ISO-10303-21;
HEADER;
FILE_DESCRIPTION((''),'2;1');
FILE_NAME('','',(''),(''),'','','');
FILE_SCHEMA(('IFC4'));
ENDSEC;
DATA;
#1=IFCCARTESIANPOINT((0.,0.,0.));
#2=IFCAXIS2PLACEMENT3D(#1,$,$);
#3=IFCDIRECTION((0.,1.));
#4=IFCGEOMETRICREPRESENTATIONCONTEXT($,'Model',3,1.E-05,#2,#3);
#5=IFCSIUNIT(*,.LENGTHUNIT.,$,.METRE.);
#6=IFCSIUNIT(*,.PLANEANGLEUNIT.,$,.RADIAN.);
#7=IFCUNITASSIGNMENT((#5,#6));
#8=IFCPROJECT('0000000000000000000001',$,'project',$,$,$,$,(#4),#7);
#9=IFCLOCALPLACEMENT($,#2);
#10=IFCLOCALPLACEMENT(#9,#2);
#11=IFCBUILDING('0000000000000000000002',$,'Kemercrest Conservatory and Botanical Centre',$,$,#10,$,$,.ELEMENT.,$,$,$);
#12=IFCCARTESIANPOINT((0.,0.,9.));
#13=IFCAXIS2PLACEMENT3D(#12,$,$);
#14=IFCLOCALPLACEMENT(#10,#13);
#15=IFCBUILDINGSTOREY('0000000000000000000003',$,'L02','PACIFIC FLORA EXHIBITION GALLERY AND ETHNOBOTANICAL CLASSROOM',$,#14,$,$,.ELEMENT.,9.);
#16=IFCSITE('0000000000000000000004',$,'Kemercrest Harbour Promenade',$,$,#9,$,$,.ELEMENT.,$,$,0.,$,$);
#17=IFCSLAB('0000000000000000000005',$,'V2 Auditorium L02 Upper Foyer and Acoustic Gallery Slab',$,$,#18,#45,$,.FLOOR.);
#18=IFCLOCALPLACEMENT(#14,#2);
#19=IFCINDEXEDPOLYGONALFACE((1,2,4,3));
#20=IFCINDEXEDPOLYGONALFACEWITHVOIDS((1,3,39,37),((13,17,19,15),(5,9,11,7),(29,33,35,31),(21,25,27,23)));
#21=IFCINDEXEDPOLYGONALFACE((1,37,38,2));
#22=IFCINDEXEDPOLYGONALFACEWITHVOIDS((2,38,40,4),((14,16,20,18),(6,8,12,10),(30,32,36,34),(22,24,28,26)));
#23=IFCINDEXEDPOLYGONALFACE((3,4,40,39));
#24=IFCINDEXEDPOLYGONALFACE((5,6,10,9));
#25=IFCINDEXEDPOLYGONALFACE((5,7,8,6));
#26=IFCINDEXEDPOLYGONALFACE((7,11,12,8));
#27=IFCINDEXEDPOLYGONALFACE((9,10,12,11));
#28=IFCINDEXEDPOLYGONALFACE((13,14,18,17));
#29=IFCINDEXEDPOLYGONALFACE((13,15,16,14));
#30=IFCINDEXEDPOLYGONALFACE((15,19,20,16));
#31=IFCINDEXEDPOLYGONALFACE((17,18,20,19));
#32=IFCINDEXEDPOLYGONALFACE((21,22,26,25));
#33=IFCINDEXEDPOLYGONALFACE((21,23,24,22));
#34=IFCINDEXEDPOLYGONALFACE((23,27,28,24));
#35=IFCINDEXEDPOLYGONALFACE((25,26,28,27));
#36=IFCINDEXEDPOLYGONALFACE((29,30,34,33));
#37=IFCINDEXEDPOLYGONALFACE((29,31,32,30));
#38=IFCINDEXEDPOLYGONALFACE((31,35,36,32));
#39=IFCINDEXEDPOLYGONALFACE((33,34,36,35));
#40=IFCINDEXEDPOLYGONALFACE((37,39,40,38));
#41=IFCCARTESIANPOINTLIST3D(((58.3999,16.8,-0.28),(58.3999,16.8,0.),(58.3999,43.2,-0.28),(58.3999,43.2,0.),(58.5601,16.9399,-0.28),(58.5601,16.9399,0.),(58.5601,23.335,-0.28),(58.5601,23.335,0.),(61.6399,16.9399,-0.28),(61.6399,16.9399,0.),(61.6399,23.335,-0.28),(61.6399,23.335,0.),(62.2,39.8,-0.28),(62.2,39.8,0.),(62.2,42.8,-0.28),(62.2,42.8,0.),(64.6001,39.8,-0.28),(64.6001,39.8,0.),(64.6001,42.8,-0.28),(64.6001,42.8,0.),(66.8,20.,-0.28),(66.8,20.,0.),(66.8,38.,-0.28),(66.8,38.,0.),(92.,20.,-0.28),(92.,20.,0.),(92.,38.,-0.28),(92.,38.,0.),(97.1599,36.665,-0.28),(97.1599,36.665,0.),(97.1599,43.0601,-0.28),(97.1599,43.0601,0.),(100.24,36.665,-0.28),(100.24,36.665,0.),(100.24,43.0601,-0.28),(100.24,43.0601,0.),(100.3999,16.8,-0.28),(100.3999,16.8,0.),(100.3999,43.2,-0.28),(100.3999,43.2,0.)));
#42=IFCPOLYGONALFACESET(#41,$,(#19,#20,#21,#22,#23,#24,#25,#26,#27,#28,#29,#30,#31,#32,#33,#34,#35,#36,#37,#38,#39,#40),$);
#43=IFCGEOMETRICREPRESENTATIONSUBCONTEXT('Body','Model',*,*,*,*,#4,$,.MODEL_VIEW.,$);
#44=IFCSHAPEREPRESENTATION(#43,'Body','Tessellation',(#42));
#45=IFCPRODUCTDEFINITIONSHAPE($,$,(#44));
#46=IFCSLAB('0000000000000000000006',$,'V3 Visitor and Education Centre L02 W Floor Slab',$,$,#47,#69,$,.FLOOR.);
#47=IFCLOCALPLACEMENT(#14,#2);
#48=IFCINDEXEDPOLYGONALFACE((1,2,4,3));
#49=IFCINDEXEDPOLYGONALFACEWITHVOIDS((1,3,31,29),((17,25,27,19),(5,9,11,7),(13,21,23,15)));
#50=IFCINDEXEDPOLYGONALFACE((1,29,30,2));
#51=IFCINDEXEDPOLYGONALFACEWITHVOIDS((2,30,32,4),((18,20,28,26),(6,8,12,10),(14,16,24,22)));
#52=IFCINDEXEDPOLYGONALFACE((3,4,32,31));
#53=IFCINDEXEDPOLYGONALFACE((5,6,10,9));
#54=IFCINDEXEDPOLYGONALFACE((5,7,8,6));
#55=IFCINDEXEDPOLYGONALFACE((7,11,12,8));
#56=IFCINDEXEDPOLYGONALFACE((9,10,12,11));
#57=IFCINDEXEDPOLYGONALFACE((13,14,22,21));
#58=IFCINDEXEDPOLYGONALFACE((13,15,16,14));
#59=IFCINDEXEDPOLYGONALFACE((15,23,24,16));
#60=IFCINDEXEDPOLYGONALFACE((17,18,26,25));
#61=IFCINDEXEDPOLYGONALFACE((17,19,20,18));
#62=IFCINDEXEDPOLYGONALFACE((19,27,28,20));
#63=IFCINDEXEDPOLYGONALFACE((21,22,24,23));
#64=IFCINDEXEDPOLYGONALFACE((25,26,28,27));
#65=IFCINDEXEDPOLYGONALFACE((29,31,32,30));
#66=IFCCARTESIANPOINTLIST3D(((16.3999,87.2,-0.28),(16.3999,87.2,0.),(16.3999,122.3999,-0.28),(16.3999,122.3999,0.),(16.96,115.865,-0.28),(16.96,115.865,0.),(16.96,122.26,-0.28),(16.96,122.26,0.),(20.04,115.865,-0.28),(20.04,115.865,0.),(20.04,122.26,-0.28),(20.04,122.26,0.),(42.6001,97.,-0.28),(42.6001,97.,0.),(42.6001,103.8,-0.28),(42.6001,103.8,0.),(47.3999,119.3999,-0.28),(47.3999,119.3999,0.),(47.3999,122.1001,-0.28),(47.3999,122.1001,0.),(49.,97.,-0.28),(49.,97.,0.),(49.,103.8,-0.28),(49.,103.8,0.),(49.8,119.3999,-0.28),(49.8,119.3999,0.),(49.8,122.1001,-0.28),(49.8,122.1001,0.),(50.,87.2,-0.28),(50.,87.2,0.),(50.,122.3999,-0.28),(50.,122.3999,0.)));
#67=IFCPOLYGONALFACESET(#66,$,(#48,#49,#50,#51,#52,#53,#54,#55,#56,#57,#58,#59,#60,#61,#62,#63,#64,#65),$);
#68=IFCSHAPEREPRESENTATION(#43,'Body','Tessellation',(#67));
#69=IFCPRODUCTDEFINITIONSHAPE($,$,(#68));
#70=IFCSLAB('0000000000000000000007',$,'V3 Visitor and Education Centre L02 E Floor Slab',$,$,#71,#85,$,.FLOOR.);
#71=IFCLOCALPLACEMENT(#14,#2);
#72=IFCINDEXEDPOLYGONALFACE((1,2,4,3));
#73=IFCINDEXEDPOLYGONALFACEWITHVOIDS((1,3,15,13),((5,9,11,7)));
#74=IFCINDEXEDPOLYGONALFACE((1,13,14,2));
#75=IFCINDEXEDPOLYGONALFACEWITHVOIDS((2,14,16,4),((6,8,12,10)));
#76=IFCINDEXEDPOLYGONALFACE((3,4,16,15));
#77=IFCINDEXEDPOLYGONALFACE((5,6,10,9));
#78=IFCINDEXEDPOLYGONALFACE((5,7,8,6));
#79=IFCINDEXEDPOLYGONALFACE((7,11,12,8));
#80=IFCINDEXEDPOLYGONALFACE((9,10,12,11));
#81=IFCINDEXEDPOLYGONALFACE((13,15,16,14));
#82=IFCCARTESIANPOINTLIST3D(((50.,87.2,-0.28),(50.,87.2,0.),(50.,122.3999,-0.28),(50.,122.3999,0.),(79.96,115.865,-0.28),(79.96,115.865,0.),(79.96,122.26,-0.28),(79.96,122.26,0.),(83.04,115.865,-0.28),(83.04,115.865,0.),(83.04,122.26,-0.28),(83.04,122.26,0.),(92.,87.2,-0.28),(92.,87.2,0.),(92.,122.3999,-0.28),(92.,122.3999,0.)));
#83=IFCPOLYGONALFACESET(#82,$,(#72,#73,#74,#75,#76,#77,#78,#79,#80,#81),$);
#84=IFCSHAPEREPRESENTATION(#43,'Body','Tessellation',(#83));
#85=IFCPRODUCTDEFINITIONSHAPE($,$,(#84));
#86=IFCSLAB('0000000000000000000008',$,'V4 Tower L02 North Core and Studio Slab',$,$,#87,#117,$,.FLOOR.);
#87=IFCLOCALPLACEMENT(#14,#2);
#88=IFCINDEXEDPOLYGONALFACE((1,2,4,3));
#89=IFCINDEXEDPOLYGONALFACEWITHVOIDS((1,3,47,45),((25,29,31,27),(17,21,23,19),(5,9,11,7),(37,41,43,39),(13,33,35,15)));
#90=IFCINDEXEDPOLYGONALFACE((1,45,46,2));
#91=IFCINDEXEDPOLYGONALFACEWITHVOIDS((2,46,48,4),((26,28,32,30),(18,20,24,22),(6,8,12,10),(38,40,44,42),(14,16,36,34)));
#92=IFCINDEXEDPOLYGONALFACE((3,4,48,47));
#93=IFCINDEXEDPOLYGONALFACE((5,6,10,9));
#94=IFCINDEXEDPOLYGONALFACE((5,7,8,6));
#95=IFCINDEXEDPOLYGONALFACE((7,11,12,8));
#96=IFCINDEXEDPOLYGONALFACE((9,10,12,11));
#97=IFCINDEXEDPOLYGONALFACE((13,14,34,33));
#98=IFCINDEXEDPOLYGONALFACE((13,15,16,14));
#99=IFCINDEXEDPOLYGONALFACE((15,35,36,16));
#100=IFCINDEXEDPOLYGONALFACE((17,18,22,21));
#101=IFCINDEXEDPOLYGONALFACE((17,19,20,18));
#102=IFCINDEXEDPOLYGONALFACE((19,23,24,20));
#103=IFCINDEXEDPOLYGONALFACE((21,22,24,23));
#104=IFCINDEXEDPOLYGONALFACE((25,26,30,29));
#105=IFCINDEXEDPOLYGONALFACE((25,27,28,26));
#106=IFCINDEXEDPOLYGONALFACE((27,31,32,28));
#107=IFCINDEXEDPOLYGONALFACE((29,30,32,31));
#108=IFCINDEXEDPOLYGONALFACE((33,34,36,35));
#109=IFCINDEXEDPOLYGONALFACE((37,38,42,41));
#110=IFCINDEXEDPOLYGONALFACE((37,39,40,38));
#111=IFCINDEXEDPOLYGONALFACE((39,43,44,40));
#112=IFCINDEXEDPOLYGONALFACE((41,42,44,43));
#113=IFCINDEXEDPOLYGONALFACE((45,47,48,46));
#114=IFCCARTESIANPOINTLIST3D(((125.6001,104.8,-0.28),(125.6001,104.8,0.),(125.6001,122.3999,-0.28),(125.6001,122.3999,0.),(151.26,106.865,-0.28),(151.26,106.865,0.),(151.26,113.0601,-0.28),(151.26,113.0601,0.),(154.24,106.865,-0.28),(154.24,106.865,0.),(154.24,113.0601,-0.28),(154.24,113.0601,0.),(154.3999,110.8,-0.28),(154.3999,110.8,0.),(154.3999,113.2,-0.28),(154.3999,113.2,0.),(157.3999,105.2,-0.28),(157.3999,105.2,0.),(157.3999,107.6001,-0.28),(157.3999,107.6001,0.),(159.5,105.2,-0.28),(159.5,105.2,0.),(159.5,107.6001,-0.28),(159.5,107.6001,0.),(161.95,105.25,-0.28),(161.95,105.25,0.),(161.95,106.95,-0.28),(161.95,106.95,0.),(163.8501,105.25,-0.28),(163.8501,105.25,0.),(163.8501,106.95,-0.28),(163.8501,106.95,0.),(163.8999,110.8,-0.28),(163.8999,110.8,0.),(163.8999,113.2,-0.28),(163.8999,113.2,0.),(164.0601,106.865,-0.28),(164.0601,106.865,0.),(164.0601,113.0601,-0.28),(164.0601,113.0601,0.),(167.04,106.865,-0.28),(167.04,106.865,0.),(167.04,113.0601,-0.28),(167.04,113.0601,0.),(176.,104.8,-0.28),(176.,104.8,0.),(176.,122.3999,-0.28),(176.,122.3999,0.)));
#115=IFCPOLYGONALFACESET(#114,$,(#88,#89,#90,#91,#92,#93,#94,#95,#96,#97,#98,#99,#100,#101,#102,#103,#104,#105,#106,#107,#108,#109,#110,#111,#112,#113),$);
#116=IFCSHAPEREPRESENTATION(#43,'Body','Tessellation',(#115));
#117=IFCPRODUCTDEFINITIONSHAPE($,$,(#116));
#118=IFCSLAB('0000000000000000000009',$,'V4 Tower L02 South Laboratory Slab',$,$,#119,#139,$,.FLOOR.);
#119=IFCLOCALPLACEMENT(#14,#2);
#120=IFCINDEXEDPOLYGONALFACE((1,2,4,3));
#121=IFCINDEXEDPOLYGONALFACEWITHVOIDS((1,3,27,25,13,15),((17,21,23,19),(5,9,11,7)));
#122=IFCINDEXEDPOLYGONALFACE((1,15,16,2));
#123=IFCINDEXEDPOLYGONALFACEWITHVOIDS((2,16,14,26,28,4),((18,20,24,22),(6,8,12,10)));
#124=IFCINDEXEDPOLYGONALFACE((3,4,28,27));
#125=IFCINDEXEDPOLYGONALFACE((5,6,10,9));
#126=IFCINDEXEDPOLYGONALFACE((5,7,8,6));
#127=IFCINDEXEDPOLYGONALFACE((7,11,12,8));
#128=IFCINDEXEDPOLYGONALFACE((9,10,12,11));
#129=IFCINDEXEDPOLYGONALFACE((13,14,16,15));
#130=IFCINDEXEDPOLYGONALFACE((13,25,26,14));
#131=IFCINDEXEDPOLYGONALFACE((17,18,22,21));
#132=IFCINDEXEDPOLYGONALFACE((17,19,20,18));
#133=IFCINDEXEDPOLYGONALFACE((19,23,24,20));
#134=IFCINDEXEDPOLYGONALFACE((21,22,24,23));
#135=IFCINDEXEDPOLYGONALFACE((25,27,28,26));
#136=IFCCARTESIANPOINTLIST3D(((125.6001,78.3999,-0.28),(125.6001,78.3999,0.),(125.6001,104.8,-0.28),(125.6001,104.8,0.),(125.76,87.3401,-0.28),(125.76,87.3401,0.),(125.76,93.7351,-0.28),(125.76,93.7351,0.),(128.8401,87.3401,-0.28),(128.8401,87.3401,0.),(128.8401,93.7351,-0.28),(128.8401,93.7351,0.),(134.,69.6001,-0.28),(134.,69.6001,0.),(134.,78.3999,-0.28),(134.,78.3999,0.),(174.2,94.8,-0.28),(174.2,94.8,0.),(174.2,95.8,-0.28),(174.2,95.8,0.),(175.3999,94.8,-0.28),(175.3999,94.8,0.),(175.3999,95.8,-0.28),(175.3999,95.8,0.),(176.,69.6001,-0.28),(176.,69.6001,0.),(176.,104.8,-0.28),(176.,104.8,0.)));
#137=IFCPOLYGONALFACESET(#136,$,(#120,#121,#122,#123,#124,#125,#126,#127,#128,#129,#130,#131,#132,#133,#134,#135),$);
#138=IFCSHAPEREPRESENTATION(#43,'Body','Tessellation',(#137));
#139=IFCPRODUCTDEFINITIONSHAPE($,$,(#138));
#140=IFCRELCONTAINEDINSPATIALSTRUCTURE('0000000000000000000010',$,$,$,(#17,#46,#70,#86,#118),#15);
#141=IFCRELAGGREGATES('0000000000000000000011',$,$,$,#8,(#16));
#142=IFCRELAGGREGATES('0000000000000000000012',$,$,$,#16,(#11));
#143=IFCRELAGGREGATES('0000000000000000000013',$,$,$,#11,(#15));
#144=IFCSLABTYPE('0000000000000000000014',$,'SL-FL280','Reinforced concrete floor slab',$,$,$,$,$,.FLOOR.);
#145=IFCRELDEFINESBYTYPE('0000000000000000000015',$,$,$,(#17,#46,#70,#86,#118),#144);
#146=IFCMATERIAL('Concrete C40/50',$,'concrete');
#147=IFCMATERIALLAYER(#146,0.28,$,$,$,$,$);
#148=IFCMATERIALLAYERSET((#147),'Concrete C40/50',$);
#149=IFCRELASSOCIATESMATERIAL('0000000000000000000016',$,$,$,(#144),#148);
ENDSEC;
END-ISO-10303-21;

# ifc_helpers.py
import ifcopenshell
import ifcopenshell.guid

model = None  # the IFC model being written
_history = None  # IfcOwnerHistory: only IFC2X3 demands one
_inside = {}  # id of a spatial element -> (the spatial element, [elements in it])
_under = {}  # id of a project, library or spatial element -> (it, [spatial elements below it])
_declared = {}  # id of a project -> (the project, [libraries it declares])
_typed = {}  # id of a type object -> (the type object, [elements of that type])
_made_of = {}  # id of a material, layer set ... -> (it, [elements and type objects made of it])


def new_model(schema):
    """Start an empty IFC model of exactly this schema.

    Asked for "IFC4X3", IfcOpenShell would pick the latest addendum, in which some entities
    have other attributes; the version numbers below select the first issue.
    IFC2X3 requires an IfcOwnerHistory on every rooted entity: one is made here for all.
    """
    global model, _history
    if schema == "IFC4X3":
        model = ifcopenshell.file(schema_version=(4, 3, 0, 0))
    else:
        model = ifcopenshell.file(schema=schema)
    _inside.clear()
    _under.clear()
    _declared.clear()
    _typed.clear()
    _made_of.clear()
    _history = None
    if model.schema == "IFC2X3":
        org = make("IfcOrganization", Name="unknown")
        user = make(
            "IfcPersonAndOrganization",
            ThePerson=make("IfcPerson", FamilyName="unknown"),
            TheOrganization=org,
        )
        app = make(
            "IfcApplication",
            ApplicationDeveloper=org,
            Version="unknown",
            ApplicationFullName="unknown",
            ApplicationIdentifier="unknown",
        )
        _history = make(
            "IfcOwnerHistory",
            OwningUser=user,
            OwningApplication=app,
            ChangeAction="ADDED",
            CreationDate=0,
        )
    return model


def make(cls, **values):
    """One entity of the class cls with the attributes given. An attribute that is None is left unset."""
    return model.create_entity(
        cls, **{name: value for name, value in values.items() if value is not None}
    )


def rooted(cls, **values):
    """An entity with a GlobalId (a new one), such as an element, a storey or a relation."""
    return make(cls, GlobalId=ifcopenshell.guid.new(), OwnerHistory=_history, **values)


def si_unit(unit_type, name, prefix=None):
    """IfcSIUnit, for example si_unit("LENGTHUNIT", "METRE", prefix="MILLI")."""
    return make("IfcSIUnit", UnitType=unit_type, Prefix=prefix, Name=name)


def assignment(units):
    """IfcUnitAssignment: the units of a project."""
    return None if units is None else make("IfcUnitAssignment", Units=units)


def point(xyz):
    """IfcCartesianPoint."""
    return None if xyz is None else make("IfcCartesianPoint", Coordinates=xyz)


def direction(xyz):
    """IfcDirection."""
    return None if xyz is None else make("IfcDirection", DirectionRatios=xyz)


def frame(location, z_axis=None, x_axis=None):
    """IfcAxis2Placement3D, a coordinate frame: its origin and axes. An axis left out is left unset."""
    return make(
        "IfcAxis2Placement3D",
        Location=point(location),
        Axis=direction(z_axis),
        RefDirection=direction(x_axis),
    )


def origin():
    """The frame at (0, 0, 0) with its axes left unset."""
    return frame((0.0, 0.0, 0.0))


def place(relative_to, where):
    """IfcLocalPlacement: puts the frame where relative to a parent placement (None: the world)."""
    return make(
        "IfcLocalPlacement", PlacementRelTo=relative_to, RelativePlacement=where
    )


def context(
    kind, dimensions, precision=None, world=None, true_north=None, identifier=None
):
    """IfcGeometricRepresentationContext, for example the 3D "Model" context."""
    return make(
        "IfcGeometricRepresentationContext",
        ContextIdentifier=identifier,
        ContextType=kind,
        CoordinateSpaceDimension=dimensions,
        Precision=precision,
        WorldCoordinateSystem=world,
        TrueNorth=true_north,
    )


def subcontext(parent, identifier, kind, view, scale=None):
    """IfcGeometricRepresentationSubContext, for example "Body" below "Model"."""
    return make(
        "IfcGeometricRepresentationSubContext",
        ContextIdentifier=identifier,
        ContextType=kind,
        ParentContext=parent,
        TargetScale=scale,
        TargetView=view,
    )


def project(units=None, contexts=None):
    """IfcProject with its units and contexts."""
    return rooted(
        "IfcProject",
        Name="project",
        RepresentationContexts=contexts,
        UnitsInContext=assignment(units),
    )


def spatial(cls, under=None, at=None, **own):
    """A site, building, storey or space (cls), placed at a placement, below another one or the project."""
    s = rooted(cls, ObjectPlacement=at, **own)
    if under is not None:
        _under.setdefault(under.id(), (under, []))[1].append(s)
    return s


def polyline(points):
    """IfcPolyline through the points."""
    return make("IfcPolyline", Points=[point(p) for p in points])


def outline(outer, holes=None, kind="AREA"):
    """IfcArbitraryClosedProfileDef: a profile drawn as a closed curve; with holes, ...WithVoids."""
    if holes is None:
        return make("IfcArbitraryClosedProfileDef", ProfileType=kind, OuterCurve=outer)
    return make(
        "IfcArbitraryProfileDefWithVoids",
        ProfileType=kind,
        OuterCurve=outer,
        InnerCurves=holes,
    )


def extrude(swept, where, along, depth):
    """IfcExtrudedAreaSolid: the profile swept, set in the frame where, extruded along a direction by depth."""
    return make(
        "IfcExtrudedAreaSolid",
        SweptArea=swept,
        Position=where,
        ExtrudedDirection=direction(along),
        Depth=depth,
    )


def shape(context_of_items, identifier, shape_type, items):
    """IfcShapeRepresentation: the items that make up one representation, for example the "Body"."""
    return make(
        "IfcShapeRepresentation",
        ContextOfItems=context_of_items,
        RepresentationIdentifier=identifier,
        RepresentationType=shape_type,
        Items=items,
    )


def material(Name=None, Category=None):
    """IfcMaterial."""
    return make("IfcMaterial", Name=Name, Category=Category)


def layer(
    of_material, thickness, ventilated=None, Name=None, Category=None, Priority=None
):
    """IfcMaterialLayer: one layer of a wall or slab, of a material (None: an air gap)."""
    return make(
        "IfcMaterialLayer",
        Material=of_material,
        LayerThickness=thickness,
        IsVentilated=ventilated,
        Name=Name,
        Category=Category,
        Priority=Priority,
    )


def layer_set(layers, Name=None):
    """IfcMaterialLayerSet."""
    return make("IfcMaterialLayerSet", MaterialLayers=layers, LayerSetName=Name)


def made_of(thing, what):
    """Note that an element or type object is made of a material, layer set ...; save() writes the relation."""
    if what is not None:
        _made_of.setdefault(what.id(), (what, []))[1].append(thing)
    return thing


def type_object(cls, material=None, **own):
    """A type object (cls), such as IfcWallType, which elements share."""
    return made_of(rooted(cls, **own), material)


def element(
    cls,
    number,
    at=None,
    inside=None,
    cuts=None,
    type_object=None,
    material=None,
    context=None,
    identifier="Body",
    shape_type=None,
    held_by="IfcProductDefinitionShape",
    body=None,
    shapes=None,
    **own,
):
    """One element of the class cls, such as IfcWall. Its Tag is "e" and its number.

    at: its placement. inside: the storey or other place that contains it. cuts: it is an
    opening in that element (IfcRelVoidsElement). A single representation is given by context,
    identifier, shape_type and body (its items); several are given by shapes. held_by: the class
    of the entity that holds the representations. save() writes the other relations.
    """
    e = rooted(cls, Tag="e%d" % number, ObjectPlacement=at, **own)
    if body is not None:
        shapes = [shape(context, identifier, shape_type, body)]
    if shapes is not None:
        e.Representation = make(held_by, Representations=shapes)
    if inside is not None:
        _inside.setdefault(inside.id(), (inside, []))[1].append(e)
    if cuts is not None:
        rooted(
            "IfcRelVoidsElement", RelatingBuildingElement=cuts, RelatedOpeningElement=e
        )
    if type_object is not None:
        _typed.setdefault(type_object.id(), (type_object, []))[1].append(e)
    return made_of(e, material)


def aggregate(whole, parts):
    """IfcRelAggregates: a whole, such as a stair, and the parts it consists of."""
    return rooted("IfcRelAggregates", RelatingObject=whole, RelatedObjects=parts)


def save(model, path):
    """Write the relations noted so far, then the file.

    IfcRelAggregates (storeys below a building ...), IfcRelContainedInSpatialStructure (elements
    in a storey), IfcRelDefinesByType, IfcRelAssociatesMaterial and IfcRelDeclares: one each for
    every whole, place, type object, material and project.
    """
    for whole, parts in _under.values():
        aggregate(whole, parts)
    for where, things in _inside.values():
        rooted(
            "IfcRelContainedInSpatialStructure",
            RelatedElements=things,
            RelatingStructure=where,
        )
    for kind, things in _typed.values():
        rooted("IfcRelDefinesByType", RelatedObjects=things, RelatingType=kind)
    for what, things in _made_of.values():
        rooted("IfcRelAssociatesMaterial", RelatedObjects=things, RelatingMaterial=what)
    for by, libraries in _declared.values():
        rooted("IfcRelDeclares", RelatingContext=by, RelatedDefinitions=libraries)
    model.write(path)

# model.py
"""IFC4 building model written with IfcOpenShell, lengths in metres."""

from ifc_helpers import new_model, si_unit, direction, frame, origin, place, context, subcontext, project, spatial, polyline, outline, extrude, material, layer, layer_set, type_object, element, save


model = new_model("IFC4")

# Units and contexts
model_context = context("Model", 3, precision=1e-05, world=origin(), true_north=direction((0.0, 1.0)))
body_context = subcontext(model_context, "Body", "Model", "MODEL_VIEW")
ifc_project = project(units=[si_unit("LENGTHUNIT", "METRE"), si_unit("PLANEANGLEUNIT", "RADIAN")], contexts=[model_context])

# Site, building, storey
site_placement = place(None, origin())
site = spatial("IfcSite", under=ifc_project, at=site_placement, Name="Kemercrest Harbour Promenade", CompositionType="ELEMENT", RefElevation=0.0)
building_placement = place(site_placement, origin())
building = spatial("IfcBuilding", under=site, at=building_placement, Name="Kemercrest Conservatory and Botanical Centre", CompositionType="ELEMENT")
storey_placement = place(building_placement, frame((0.0, 0.0, 9.0)))
storey = spatial("IfcBuildingStorey", under=building, at=storey_placement, Name="L02", Description="PACIFIC FLORA EXHIBITION GALLERY AND ETHNOBOTANICAL CLASSROOM", CompositionType="ELEMENT", Elevation=9.0)

# Slabs
ifc_material_1 = material(Name="Concrete C40/50", Category="concrete")
ifc_layer_1 = layer(ifc_material_1, 0.28)
ifc_layer_set_1 = layer_set([ifc_layer_1], Name="Concrete C40/50")
slab_type_1 = type_object("IfcSlabType", Name="SL-FL280", Description="Reinforced concrete floor slab", PredefinedType="FLOOR", material=ifc_layer_set_1)
slab_1_placement = place(storey_placement, frame((0.0, 0.0, -0.28)))
element("IfcSlab", 1, at=slab_1_placement, inside=storey, type_object=slab_type_1, Name="V2 Auditorium L02 Upper Foyer and Acoustic Gallery Slab", PredefinedType="FLOOR", context=body_context, shape_type="SweptSolid", body=[
    extrude(outline(polyline([(58.3999, 43.2), (58.3999, 16.8), (100.3999, 16.8), (100.3999, 43.2), (58.3999, 43.2)]), holes=[polyline([(100.24, 43.0601), (100.24, 36.665), (97.1599, 36.665), (97.1599, 43.0601), (100.24, 43.0601)]), polyline([(92.0, 20.0), (66.8, 20.0), (66.8, 38.0), (92.0, 38.0), (92.0, 20.0)]), polyline([(64.6001, 39.8), (62.2, 39.8), (62.2, 42.8), (64.6001, 42.8), (64.6001, 39.8)]), polyline([(58.5601, 16.9399), (58.5601, 23.335), (61.6399, 23.335), (61.6399, 16.9399), (58.5601, 16.9399)])]), origin(), (0.0, 0.0, 1.0), 0.28),
])
slab_2_placement = place(storey_placement, frame((0.0, 0.0, -0.28)))
element("IfcSlab", 2, at=slab_2_placement, inside=storey, type_object=slab_type_1, Name="V3 Visitor and Education Centre L02 W Floor Slab", PredefinedType="FLOOR", context=body_context, shape_type="SweptSolid", body=[
    extrude(outline(polyline([(16.3999, 122.3999), (16.3999, 87.2), (50.0, 87.2), (50.0, 122.3999), (16.3999, 122.3999)]), holes=[polyline([(49.8, 119.3999), (47.3999, 119.3999), (47.3999, 122.1001), (49.8, 122.1001), (49.8, 119.3999)]), polyline([(42.6001, 103.8), (49.0, 103.8), (49.0, 97.0), (42.6001, 97.0), (42.6001, 103.8)]), polyline([(20.04, 122.26), (20.04, 115.865), (16.96, 115.865), (16.96, 122.26), (20.04, 122.26)])]), origin(), (0.0, 0.0, 1.0), 0.28),
])
slab_3_placement = place(storey_placement, frame((0.0, 0.0, -0.28)))
element("IfcSlab", 3, at=slab_3_placement, inside=storey, type_object=slab_type_1, Name="V3 Visitor and Education Centre L02 E Floor Slab", PredefinedType="FLOOR", context=body_context, shape_type="SweptSolid", body=[
    extrude(outline(polyline([(50.0, 122.3999), (50.0, 87.2), (92.0, 87.2), (92.0, 122.3999), (50.0, 122.3999)]), holes=[polyline([(83.04, 122.26), (83.04, 115.865), (79.96, 115.865), (79.96, 122.26), (83.04, 122.26)])]), origin(), (0.0, 0.0, 1.0), 0.28),
])
slab_4_placement = place(storey_placement, frame((0.0, 0.0, -0.28)))
element("IfcSlab", 4, at=slab_4_placement, inside=storey, type_object=slab_type_1, Name="V4 Tower L02 North Core and Studio Slab", PredefinedType="FLOOR", context=body_context, shape_type="SweptSolid", body=[
    extrude(outline(polyline([(125.6001, 122.3999), (125.6001, 104.8), (176.0, 104.8), (176.0, 122.3999), (125.6001, 122.3999)]), holes=[polyline([(164.0601, 106.865), (164.0601, 113.0601), (167.04, 113.0601), (167.04, 106.865), (164.0601, 106.865)]), polyline([(154.3999, 110.8), (154.3999, 113.2), (163.8999, 113.2), (163.8999, 110.8), (154.3999, 110.8)]), polyline([(161.95, 105.25), (161.95, 106.95), (163.8501, 106.95), (163.8501, 105.25), (161.95, 105.25)]), polyline([(157.3999, 105.2), (157.3999, 107.6001), (159.5, 107.6001), (159.5, 105.2), (157.3999, 105.2)]), polyline([(154.24, 106.865), (151.26, 106.865), (151.26, 113.0601), (154.24, 113.0601), (154.24, 106.865)])]), origin(), (0.0, 0.0, 1.0), 0.28),
])
slab_5_placement = place(storey_placement, frame((0.0, 0.0, -0.28)))
element("IfcSlab", 5, at=slab_5_placement, inside=storey, type_object=slab_type_1, Name="V4 Tower L02 South Laboratory Slab", PredefinedType="FLOOR", context=body_context, shape_type="SweptSolid", body=[
    extrude(outline(polyline([(134.0, 78.3999), (134.0, 69.6001), (176.0, 69.6001), (176.0, 104.8), (125.6001, 104.8), (125.6001, 78.3999), (134.0, 78.3999)]), holes=[polyline([(174.2, 95.8), (175.3999, 95.8), (175.3999, 94.8), (174.2, 94.8), (174.2, 95.8)]), polyline([(128.8401, 93.7351), (128.8401, 87.3401), (125.76, 87.3401), (125.76, 93.7351), (128.8401, 93.7351)])]), origin(), (0.0, 0.0, 1.0), 0.28),
])

save(model, "model.ifc")
